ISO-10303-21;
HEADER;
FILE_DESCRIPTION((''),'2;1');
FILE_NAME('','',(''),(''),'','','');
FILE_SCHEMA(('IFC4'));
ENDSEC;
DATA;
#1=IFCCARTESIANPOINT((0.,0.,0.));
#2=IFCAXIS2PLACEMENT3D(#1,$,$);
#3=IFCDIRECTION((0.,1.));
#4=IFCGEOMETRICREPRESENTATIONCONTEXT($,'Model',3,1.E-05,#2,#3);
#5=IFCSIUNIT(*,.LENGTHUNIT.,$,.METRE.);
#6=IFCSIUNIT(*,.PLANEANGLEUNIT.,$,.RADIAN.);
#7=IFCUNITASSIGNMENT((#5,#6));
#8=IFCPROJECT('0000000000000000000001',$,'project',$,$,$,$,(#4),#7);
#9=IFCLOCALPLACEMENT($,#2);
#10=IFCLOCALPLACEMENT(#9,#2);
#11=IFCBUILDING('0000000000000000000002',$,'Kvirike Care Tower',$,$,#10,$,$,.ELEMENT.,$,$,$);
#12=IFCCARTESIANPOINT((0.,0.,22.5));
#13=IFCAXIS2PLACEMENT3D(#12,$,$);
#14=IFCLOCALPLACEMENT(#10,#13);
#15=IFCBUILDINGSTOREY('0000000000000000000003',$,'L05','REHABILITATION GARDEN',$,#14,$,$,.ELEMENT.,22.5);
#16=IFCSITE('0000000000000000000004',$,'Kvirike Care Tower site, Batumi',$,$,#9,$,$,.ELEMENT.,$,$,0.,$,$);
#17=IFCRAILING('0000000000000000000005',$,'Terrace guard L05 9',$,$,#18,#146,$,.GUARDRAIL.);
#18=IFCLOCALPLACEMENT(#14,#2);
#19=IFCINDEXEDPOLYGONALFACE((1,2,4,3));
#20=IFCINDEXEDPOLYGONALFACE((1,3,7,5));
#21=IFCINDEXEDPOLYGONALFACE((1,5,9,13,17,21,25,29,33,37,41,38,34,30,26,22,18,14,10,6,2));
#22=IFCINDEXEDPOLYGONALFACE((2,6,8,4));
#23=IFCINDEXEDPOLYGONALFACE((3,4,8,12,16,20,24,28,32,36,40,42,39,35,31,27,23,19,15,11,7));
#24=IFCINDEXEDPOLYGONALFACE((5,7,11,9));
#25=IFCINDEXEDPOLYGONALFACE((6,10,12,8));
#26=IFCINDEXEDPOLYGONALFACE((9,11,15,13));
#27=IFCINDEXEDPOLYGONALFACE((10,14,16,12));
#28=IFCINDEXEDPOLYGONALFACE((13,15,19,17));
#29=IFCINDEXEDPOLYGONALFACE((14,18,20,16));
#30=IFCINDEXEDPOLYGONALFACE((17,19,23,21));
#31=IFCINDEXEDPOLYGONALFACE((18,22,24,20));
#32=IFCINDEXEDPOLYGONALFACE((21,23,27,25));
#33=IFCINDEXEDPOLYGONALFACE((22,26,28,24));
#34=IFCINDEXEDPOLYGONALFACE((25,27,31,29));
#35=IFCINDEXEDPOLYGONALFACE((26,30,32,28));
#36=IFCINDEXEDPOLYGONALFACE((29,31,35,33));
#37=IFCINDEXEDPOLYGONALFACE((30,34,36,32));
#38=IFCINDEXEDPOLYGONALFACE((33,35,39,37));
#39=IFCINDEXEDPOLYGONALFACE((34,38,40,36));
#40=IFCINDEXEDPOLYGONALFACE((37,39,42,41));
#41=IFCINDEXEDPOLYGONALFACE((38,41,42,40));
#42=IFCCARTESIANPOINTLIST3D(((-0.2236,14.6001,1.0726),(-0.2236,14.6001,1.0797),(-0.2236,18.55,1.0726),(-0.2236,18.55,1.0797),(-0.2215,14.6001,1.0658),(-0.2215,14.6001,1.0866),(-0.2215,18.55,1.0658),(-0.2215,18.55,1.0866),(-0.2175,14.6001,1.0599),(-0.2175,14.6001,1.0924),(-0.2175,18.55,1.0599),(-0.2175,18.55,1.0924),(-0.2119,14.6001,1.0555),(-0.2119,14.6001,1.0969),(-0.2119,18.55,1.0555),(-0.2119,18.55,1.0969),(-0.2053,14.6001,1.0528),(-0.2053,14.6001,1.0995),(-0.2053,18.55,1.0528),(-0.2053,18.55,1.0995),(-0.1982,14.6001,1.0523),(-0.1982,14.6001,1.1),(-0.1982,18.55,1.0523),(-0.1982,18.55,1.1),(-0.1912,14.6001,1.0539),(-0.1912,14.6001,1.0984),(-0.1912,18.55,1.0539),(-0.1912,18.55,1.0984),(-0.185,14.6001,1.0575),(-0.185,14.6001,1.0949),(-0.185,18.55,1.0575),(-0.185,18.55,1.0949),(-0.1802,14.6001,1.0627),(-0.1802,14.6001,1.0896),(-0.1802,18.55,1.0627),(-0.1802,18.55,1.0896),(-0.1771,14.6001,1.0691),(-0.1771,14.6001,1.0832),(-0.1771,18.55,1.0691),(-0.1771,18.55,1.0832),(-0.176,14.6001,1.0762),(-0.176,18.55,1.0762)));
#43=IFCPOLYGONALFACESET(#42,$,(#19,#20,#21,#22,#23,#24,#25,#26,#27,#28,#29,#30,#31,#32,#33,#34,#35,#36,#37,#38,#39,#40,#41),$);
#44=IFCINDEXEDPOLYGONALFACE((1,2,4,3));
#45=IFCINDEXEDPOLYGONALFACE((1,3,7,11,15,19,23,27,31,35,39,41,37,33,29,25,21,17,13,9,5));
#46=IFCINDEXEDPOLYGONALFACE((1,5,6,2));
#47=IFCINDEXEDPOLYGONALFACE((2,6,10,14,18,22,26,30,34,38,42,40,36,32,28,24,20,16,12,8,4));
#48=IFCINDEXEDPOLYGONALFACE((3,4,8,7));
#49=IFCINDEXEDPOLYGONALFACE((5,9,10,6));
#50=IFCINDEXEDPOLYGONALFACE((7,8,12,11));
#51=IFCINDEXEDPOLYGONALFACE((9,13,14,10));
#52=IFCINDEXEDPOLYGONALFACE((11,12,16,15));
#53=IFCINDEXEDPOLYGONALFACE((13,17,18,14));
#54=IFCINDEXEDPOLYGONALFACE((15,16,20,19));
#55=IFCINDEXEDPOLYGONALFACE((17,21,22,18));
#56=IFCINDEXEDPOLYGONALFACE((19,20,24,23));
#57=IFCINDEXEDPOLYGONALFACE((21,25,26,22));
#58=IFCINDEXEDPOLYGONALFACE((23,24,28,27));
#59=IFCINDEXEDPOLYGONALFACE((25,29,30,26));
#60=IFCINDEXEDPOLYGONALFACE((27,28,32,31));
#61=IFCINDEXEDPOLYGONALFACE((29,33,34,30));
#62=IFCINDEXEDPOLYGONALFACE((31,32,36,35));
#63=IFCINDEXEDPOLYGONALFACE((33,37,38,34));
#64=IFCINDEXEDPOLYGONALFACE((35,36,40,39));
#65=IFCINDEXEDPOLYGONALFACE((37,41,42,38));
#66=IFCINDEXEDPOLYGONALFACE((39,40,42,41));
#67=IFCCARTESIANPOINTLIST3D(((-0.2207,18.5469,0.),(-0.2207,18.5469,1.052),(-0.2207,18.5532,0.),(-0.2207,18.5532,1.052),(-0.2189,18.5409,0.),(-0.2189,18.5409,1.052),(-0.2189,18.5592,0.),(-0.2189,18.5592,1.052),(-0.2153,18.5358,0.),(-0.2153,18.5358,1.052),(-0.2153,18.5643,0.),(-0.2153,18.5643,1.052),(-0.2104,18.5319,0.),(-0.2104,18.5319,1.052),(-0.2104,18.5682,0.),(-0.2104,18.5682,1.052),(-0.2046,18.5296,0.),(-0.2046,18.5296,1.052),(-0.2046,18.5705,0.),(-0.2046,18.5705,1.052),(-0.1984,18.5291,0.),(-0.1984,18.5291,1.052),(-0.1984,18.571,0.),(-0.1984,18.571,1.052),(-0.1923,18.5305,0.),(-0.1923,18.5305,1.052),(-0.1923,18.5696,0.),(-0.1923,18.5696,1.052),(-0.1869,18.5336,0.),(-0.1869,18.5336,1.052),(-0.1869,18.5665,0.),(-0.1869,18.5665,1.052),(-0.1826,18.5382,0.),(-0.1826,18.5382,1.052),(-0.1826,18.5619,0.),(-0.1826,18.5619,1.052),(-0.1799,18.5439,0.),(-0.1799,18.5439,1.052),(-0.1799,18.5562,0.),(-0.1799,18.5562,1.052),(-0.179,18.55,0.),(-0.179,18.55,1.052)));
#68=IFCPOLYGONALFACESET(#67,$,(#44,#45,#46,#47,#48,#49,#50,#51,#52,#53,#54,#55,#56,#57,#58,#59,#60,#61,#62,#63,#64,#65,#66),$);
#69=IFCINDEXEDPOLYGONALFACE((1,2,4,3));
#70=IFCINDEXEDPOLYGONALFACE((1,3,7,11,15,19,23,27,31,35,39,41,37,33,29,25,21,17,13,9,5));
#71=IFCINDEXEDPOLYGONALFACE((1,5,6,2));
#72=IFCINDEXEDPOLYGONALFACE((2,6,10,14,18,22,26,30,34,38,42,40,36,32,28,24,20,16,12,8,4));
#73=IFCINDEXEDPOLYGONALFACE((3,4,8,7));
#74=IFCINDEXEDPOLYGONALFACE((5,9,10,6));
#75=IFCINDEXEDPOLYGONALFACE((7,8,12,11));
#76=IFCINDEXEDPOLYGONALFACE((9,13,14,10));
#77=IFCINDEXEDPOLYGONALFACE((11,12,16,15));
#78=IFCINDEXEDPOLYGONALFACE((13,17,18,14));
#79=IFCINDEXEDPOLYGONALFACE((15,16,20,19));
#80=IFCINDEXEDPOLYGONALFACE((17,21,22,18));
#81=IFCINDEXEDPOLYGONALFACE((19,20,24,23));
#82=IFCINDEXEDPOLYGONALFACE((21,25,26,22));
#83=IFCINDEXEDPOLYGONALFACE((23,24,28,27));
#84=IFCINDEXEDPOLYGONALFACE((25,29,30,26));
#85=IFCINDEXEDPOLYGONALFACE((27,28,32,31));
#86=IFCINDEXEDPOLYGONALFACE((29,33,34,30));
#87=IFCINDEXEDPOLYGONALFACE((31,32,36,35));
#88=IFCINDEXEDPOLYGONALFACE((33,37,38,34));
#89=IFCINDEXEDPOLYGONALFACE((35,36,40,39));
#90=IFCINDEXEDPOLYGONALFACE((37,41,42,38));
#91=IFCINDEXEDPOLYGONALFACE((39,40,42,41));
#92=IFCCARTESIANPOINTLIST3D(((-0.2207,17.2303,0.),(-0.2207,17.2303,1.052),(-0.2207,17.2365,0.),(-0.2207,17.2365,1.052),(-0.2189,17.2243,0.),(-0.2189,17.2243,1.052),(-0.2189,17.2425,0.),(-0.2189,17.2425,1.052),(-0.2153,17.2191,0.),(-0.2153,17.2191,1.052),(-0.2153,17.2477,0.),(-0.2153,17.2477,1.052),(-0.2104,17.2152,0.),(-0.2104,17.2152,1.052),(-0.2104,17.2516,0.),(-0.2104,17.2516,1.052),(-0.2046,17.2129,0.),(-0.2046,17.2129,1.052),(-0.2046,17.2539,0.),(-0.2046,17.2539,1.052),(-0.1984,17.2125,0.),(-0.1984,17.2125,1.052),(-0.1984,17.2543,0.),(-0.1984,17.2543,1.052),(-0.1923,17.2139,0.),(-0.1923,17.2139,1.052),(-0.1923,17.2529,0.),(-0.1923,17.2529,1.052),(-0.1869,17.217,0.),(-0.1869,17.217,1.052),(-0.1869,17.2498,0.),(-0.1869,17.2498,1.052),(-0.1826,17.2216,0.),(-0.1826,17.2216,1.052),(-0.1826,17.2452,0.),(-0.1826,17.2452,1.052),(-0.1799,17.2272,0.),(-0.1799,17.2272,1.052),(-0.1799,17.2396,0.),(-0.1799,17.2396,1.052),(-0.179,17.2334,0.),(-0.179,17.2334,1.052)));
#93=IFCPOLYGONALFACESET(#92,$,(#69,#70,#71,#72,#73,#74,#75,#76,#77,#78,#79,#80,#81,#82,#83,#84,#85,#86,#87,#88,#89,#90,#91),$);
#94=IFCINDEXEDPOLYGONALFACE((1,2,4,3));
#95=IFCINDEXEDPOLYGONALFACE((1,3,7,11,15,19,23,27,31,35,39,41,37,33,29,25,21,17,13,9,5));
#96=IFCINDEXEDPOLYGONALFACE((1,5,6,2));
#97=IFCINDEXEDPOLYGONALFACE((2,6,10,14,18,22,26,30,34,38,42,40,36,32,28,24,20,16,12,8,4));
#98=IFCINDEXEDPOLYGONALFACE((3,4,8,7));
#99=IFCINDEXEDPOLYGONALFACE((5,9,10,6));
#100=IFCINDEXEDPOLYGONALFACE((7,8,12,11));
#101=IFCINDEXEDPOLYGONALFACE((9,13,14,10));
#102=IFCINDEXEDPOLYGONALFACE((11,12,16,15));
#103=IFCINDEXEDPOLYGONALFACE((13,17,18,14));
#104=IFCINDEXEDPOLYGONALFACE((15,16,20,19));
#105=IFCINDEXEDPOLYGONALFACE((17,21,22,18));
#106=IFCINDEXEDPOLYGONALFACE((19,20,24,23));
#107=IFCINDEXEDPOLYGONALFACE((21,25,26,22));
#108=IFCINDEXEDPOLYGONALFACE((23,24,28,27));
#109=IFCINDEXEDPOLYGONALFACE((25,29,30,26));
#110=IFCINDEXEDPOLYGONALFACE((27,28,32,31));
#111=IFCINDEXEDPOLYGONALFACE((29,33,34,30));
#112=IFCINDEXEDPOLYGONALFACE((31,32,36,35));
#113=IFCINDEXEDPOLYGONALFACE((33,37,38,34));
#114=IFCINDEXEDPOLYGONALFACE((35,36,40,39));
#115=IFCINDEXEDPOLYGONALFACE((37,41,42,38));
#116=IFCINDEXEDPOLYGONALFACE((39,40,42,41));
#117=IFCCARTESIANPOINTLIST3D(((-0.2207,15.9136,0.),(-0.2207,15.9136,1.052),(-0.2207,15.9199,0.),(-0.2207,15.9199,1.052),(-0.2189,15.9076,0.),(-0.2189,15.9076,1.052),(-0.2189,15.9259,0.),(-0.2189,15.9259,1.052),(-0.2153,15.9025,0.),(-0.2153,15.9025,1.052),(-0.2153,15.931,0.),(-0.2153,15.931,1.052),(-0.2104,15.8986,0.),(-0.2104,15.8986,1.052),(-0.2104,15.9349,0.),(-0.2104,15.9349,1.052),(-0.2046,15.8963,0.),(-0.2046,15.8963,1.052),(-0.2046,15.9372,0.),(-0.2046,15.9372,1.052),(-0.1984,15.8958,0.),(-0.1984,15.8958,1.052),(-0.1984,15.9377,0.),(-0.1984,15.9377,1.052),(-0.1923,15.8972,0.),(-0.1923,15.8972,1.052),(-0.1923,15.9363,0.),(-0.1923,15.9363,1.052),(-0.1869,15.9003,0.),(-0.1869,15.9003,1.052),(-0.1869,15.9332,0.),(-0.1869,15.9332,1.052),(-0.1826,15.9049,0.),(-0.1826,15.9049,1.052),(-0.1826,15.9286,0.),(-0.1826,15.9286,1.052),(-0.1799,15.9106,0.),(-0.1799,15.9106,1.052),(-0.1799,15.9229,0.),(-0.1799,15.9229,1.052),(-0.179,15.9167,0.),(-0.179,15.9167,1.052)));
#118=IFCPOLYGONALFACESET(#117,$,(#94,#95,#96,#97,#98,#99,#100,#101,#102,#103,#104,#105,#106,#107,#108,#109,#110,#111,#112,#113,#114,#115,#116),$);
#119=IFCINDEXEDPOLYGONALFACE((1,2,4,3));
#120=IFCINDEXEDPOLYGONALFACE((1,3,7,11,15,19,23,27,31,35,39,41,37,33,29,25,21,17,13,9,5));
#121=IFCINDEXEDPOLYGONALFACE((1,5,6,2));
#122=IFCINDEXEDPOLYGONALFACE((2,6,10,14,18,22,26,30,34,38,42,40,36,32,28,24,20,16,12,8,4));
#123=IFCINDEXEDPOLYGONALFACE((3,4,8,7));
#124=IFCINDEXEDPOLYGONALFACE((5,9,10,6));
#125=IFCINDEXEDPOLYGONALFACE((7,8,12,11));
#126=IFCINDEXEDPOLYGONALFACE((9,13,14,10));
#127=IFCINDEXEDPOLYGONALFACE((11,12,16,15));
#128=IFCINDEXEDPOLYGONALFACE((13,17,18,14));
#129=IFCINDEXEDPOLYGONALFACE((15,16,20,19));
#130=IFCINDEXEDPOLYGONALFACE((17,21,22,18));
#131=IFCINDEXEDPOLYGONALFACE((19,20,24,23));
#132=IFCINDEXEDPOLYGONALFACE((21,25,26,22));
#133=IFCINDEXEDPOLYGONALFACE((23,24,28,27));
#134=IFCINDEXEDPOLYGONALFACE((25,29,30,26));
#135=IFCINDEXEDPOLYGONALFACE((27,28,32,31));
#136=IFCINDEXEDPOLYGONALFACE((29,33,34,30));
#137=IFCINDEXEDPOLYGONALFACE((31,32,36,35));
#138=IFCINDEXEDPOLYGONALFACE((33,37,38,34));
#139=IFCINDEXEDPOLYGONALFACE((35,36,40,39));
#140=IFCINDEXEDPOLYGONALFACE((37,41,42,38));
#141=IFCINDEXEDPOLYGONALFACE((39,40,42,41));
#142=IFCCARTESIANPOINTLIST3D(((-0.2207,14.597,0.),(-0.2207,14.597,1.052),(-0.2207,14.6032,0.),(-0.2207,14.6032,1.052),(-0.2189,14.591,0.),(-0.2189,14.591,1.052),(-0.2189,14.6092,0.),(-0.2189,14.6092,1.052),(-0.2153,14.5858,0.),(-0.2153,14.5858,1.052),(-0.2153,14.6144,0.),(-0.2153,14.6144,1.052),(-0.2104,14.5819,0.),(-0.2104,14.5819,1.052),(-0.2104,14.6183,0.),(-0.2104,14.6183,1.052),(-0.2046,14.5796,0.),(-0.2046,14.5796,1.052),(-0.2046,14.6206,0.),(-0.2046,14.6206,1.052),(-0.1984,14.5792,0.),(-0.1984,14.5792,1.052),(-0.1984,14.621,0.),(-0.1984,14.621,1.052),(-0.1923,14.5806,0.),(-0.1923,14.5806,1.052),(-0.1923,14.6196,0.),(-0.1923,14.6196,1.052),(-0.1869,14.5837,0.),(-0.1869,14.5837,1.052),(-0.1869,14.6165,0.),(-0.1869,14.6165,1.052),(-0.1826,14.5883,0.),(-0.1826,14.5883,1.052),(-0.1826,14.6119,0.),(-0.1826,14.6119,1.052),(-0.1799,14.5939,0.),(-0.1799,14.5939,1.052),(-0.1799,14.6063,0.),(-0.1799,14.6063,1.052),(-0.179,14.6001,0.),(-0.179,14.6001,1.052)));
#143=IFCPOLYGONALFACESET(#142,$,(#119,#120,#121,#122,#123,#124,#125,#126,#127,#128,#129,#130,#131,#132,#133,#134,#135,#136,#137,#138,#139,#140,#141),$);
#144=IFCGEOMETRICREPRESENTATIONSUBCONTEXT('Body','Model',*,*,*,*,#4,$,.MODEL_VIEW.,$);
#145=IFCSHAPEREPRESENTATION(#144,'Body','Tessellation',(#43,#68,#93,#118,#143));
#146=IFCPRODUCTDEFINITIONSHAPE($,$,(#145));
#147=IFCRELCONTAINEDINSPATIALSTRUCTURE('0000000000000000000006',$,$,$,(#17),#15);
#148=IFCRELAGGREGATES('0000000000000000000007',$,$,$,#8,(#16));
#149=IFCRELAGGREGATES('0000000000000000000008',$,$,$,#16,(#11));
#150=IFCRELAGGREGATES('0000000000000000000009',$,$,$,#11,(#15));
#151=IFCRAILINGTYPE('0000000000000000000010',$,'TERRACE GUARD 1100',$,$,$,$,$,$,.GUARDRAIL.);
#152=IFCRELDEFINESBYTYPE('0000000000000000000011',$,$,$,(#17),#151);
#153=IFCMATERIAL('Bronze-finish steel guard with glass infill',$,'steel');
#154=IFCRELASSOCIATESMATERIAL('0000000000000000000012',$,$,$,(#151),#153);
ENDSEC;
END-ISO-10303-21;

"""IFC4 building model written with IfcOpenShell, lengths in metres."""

from ifc_helpers import new_model, si_unit, direction, frame, origin, origin_2d, place, context, subcontext, project, spatial, circle, extrude, material, type_object, element, save


model = new_model("IFC4")

# Units and contexts
model_context = context("Model", 3, precision=1e-05, world=origin(), true_north=direction((0.0, 1.0)))
body_context = subcontext(model_context, "Body", "Model", "MODEL_VIEW")
ifc_project = project(units=[si_unit("LENGTHUNIT", "METRE"), si_unit("PLANEANGLEUNIT", "RADIAN")], contexts=[model_context])

# Site, building, storey
site_placement = place(None, origin())
site = spatial("IfcSite", under=ifc_project, at=site_placement, Name="Kvirike Care Tower site, Batumi", CompositionType="ELEMENT", RefElevation=0.0)
building_placement = place(site_placement, origin())
building = spatial("IfcBuilding", under=site, at=building_placement, Name="Kvirike Care Tower", CompositionType="ELEMENT")
storey_placement = place(building_placement, frame((0.0, 0.0, 22.5)))
storey = spatial("IfcBuildingStorey", under=building, at=storey_placement, Name="L05", Description="REHABILITATION GARDEN", CompositionType="ELEMENT", Elevation=22.5)

# Railing
ifc_material_1 = material(Name="Bronze-finish steel guard with glass infill", Category="steel")
railing_type = type_object("IfcRailingType", Name="TERRACE GUARD 1100", PredefinedType="GUARDRAIL", material=ifc_material_1)
railing_1_placement = place(storey_placement, frame((-0.2, 18.55, 0.0)))
element("IfcRailing", 1, at=railing_1_placement, inside=storey, type_object=railing_type, Name="Terrace guard L05 9", PredefinedType="GUARDRAIL", context=body_context, shape_type="SweptSolid", body=[
    extrude(circle(Radius=0.0239, at=origin_2d()), frame((0.0, 0.0, 1.0762), z_axis=(0.0, -1.0, 0.0), x_axis=(1.0, 0.0, 0.0)), (0.0, 0.0, 1.0), 3.95),
    extrude(circle(Radius=0.021, at=origin_2d()), origin(), (0.0, 0.0, 1.0), 1.052),
    extrude(circle(Radius=0.021, at=origin_2d()), frame((0.0, -1.3167, 0.0)), (0.0, 0.0, 1.0), 1.052),
    extrude(circle(Radius=0.021, at=origin_2d()), frame((0.0, -2.6333, 0.0)), (0.0, 0.0, 1.0), 1.052),
    extrude(circle(Radius=0.021, at=origin_2d()), frame((0.0, -3.95, 0.0)), (0.0, 0.0, 1.0), 1.052),
])

save(model, "model.ifc")
